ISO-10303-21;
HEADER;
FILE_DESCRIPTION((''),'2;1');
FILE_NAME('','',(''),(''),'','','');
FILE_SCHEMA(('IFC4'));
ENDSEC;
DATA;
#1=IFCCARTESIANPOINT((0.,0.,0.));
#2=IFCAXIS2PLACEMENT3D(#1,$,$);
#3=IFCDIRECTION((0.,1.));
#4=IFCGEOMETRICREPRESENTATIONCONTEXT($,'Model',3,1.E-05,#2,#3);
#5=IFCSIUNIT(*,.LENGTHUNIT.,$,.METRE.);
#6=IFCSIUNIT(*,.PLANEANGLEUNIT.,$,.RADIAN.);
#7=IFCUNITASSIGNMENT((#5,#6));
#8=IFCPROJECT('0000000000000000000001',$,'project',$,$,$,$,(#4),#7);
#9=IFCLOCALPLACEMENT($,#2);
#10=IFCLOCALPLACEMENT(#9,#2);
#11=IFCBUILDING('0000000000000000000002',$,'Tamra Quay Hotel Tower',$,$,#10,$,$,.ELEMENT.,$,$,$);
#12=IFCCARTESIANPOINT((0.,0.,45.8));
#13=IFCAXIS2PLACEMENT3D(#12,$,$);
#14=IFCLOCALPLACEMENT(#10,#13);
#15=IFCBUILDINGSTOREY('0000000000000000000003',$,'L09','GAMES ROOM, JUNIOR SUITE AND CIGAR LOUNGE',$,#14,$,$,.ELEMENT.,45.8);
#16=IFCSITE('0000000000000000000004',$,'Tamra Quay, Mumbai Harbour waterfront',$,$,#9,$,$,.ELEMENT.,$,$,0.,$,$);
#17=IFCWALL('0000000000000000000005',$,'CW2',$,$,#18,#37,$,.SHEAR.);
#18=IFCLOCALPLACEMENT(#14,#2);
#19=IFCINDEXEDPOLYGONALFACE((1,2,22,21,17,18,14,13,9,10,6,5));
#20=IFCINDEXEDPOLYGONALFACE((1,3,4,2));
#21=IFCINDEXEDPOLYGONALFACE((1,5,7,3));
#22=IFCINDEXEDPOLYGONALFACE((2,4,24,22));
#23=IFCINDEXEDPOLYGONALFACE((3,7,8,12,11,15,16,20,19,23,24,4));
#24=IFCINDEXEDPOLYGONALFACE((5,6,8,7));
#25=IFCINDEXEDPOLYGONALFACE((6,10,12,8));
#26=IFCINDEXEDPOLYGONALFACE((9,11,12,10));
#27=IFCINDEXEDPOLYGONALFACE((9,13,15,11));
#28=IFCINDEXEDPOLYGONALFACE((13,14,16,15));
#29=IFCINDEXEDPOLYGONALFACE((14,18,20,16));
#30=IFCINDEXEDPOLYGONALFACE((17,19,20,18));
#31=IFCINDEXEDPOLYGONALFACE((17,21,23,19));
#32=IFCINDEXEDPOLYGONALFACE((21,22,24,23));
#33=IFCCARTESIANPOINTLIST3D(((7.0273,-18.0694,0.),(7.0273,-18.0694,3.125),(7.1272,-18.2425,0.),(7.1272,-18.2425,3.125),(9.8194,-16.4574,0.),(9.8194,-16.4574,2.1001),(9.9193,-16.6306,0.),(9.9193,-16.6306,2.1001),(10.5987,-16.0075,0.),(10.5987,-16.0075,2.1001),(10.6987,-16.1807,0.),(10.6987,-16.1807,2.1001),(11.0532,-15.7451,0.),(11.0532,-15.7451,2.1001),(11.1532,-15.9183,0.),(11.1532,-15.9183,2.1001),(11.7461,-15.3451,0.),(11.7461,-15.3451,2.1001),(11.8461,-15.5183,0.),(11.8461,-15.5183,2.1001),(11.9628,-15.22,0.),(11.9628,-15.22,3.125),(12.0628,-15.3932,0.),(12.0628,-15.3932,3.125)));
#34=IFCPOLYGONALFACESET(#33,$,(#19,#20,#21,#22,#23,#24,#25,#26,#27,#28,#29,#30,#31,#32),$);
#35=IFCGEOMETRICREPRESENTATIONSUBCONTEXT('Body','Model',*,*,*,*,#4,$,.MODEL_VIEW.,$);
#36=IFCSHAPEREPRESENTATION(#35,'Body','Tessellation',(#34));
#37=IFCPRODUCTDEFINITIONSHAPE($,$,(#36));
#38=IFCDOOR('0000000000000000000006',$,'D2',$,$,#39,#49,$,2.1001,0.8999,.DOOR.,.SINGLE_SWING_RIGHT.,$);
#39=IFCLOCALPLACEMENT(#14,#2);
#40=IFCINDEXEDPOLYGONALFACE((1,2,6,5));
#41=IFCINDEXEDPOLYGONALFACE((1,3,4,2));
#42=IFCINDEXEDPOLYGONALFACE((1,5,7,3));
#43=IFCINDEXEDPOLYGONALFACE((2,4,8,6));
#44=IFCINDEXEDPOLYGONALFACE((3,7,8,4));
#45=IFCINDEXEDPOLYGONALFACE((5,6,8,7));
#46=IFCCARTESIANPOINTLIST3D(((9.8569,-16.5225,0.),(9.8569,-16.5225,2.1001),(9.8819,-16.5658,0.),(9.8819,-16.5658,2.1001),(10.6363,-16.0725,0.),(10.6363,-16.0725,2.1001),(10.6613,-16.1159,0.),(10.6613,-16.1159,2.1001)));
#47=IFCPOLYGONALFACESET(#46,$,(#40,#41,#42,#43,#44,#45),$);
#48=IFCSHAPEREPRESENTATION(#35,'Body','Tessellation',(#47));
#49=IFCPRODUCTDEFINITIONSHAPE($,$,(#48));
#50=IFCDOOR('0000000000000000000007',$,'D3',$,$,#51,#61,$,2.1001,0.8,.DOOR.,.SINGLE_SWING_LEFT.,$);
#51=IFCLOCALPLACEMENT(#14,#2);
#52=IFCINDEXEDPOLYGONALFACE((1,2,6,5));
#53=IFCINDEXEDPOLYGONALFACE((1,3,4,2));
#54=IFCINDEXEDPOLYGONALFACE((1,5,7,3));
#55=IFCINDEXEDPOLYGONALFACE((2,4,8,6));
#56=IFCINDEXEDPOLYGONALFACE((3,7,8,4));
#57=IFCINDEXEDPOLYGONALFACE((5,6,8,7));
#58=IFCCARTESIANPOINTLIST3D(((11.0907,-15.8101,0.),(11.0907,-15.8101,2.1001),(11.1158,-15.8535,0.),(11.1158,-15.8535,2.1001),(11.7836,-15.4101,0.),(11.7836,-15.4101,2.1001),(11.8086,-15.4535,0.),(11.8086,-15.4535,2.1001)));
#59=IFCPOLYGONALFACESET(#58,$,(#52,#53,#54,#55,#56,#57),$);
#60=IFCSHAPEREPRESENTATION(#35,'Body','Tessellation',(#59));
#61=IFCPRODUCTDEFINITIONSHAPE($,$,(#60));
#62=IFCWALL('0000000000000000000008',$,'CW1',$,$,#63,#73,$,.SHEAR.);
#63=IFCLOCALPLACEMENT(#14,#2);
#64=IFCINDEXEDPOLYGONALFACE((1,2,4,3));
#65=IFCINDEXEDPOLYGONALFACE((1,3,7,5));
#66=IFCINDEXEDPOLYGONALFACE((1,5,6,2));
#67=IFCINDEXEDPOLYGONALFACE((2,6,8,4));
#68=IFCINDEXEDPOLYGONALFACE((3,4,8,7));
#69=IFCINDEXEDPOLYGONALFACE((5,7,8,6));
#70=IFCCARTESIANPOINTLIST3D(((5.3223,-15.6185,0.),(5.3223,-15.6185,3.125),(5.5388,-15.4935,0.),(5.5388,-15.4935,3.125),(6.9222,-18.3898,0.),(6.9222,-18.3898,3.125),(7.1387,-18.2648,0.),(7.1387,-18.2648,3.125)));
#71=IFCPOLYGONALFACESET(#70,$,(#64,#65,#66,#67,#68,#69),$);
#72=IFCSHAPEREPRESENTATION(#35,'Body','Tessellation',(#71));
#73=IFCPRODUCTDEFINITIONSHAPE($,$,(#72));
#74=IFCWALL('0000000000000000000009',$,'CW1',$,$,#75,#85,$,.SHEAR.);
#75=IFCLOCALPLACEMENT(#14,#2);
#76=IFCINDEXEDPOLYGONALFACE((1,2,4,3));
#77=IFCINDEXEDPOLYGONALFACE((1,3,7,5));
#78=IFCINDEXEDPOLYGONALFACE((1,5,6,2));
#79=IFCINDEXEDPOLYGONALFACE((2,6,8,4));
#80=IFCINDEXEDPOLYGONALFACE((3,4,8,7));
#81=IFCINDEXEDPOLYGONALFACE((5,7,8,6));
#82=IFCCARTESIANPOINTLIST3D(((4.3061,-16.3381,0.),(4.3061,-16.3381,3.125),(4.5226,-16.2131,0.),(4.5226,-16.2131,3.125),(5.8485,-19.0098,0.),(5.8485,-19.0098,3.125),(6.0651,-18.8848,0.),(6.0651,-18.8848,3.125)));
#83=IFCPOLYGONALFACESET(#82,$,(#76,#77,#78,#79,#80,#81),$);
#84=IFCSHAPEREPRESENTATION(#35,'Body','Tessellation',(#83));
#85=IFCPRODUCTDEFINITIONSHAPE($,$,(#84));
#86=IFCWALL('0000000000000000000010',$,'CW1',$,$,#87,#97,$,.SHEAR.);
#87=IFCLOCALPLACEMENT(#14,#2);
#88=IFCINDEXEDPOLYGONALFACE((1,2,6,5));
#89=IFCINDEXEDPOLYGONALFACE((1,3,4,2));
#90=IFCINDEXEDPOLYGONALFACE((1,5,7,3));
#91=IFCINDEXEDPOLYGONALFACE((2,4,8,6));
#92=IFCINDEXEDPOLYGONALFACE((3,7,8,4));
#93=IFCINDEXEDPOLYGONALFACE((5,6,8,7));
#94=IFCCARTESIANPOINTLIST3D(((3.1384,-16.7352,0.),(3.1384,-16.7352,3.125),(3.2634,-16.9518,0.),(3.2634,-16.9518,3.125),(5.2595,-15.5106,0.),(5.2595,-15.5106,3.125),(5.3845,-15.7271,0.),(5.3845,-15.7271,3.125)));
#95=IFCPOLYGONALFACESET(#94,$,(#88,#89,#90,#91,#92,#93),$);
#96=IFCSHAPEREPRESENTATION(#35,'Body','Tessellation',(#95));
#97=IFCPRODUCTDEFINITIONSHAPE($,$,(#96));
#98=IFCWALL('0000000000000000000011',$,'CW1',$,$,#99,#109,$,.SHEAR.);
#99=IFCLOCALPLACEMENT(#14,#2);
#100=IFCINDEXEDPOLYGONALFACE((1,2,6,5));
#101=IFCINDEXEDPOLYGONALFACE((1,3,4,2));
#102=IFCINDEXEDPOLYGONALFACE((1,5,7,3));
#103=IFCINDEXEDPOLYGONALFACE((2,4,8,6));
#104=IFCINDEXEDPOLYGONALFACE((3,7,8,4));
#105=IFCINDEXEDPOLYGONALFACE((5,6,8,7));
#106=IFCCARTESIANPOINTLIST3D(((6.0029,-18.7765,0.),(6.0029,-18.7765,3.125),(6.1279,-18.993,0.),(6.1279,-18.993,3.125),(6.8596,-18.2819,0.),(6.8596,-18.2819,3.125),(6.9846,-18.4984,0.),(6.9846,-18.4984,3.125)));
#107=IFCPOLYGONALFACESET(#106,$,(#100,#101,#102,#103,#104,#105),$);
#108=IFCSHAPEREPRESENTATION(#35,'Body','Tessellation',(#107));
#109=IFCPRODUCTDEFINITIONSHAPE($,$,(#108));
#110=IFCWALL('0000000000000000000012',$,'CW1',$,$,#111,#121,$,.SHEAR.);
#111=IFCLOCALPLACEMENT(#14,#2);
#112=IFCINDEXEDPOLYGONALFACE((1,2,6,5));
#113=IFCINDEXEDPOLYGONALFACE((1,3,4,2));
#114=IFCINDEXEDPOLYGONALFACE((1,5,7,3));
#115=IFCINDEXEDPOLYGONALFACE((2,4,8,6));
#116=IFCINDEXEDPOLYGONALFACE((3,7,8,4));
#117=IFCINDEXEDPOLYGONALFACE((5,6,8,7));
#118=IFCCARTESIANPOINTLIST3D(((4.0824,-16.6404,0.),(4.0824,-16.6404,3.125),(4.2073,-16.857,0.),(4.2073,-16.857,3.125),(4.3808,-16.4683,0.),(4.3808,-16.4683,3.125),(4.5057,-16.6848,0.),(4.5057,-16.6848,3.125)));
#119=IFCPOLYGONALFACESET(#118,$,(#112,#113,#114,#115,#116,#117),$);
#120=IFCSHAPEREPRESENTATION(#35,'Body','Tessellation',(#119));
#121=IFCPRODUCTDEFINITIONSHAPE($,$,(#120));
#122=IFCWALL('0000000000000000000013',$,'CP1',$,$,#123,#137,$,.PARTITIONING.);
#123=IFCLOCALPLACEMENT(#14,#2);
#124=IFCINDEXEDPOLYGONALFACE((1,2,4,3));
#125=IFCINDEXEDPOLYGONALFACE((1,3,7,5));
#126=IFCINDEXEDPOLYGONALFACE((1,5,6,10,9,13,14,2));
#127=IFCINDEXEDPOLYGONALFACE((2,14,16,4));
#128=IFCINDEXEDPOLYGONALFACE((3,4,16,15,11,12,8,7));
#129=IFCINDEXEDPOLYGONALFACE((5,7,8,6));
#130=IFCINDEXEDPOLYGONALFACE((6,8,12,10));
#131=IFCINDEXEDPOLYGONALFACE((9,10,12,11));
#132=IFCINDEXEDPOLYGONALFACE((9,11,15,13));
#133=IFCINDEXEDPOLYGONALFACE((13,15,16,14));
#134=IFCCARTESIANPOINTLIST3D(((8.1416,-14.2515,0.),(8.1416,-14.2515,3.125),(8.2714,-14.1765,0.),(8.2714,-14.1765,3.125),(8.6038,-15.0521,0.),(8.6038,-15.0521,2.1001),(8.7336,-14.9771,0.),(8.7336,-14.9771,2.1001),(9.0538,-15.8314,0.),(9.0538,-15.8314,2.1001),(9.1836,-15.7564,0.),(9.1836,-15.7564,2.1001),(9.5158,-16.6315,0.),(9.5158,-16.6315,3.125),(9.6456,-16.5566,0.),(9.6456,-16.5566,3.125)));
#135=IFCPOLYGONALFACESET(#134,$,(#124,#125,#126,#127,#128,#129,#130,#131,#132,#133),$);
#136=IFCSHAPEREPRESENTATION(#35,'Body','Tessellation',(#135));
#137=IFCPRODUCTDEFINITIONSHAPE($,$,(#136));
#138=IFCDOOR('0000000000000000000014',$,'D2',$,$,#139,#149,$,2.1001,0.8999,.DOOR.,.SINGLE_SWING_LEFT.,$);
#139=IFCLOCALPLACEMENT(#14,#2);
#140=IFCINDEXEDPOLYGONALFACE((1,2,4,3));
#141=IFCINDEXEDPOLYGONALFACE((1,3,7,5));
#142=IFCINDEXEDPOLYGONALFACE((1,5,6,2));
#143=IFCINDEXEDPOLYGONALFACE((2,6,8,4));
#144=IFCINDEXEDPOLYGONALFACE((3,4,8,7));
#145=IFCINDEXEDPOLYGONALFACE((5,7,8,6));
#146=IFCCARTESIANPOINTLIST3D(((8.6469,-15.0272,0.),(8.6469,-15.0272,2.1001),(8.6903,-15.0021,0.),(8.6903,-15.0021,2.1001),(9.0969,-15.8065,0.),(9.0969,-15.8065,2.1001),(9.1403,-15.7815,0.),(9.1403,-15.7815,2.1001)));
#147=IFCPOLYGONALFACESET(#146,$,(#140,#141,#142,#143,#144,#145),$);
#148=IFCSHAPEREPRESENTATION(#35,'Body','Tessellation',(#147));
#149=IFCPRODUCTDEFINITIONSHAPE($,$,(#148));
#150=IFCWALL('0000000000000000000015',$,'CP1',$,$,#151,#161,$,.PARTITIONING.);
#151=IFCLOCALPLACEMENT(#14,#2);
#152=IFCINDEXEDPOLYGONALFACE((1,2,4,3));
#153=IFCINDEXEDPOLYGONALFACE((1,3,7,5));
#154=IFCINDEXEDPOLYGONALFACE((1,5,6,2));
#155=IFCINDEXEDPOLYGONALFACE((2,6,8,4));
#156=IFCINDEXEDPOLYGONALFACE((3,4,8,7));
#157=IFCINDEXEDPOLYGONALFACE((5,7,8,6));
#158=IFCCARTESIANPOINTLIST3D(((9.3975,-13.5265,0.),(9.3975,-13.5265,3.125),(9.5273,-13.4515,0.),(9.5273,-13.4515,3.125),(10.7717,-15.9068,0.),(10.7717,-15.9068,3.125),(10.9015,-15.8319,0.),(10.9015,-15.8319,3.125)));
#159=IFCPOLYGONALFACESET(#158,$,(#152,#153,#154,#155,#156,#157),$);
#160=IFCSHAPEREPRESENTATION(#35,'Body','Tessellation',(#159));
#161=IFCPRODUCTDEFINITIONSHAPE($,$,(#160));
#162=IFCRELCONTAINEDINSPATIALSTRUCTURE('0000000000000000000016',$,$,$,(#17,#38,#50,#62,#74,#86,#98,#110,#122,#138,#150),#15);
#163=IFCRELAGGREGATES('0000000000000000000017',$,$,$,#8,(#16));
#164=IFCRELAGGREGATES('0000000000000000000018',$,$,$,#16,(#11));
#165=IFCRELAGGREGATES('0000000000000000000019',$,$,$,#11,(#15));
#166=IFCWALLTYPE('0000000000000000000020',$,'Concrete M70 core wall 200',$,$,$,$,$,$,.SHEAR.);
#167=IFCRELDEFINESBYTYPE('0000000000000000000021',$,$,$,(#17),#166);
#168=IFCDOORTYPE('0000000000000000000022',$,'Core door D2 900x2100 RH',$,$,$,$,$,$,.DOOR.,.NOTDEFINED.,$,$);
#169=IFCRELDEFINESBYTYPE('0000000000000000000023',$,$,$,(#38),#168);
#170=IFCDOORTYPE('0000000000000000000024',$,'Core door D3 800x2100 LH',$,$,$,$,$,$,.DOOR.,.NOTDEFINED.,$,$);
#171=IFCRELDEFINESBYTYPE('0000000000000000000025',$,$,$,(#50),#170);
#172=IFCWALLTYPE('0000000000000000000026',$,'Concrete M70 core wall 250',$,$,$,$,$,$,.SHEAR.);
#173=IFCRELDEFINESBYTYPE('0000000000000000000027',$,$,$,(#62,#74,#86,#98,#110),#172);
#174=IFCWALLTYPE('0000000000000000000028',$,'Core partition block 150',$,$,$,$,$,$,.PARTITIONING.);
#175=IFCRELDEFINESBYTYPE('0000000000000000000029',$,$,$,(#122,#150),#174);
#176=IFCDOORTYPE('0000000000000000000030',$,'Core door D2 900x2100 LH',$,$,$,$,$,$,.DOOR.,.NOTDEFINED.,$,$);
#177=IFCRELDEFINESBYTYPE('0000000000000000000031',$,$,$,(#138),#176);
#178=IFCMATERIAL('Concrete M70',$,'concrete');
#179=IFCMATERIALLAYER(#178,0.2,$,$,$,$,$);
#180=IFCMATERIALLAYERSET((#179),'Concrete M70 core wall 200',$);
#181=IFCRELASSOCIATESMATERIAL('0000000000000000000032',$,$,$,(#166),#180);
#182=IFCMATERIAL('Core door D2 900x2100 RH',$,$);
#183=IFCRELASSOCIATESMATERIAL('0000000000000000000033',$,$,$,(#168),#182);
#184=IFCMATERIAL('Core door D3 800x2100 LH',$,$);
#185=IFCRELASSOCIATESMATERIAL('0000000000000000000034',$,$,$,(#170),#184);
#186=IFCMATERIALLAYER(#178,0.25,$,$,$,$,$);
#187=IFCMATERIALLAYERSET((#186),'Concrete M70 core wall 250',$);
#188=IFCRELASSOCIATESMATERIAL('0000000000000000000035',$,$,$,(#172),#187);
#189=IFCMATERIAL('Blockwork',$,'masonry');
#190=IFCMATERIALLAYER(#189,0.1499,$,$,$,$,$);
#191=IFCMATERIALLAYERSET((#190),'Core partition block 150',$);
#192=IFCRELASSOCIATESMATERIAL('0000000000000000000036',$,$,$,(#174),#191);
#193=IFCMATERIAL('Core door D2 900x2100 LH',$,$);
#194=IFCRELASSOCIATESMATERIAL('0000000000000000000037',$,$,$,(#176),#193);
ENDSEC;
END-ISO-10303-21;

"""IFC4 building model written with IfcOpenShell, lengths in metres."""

from ifc_helpers import new_model, si_unit, direction, frame, frame_2d, origin, place, context, subcontext, project, spatial, rectangle, extrude, material, layer, layer_set, type_object, element, fill, save


model = new_model("IFC4")

# Units and contexts
model_context = context("Model", 3, precision=1e-05, world=origin(), true_north=direction((0.0, 1.0)))
body_context = subcontext(model_context, "Body", "Model", "MODEL_VIEW")
ifc_project = project(units=[si_unit("LENGTHUNIT", "METRE"), si_unit("PLANEANGLEUNIT", "RADIAN")], contexts=[model_context])

# Site, building, storey
site_placement = place(None, origin())
site = spatial("IfcSite", under=ifc_project, at=site_placement, Name="Tamra Quay, Mumbai Harbour waterfront", CompositionType="ELEMENT", RefElevation=0.0)
building_placement = place(site_placement, origin())
building = spatial("IfcBuilding", under=site, at=building_placement, Name="Tamra Quay Hotel Tower", CompositionType="ELEMENT")
storey_placement = place(building_placement, frame((0.0, 0.0, 45.8)))
storey = spatial("IfcBuildingStorey", under=building, at=storey_placement, Name="L09", Description="GAMES ROOM, JUNIOR SUITE AND CIGAR LOUNGE", CompositionType="ELEMENT", Elevation=45.8)

# Wall, openings, doors
ifc_material_1 = material(Name="Concrete M70", Category="concrete")
ifc_layer_1 = layer(ifc_material_1, 0.2)
ifc_layer_set_1 = layer_set([ifc_layer_1], Name="Concrete M70 core wall 200")
wall_type_1 = type_object("IfcWallType", Name="Concrete M70 core wall 200", PredefinedType="SHEAR", material=ifc_layer_set_1)
wall_1_placement = place(storey_placement, frame((7.0771, -18.156, 0.0), z_axis=(0.0, 0.0, 1.0), x_axis=(0.866039, 0.499977, 0.0)))
wall_1 = element("IfcWall", 1, at=wall_1_placement, inside=storey, type_object=wall_type_1, Name="CW2", PredefinedType="SHEAR", context=body_context, shape_type="SweptSolid", body=[
    extrude(rectangle(XDim=5.699, YDim=0.2, at=frame_2d((2.8496, 0.0))), origin(), (0.0, 0.0, 1.0), 3.125),
])
opening_1_placement = place(wall_1_placement, frame((3.2241, 0.0, 0.0)))
opening_1 = element("IfcOpeningElement", 2, at=opening_1_placement, cuts=wall_1, PredefinedType="OPENING", context=body_context, shape_type="SweptSolid", body=[
    extrude(rectangle(XDim=0.8999, YDim=2.1001, at=frame_2d((0.45, 1.05))), frame((0.0, 0.1099, 0.0), z_axis=(0.0, -1.0, 0.0), x_axis=(1.0, 0.0, 0.0)), (0.0, 0.0, 1.0), 0.22),
])
opening_2_placement = place(wall_1_placement, frame((4.6489, 0.0, 0.0)))
opening_2 = element("IfcOpeningElement", 3, at=opening_2_placement, cuts=wall_1, PredefinedType="OPENING", context=body_context, shape_type="SweptSolid", body=[
    extrude(rectangle(XDim=0.8, YDim=2.1001, at=frame_2d((0.3999, 1.05))), frame((0.0, 0.1099, 0.0), z_axis=(0.0, -1.0, 0.0), x_axis=(1.0, 0.0, 0.0)), (0.0, 0.0, 1.0), 0.22),
])
ifc_material_2 = material(Name="Core door D2 900x2100 RH")
door_type_1 = type_object("IfcDoorType", Name="Core door D2 900x2100 RH", OperationType="NOTDEFINED", PredefinedType="DOOR", material=ifc_material_2)
door_1_placement = place(opening_1_placement, origin())
door_1 = element("IfcDoor", 4, at=door_1_placement, inside=storey, type_object=door_type_1, Name="D2", OperationType="SINGLE_SWING_RIGHT", OverallHeight=2.1001, OverallWidth=0.8999, PredefinedType="DOOR", context=body_context, shape_type="SweptSolid", body=[
    extrude(rectangle(XDim=0.8999, YDim=2.1001, at=frame_2d((0.45, 1.05))), frame((0.0, 0.0249, 0.0), z_axis=(0.0, -1.0, 0.0), x_axis=(1.0, 0.0, 0.0)), (0.0, 0.0, 1.0), 0.05),
])
fill(opening_1, door_1)
ifc_material_3 = material(Name="Core door D3 800x2100 LH")
door_type_2 = type_object("IfcDoorType", Name="Core door D3 800x2100 LH", OperationType="NOTDEFINED", PredefinedType="DOOR", material=ifc_material_3)
door_2_placement = place(opening_2_placement, origin())
door_2 = element("IfcDoor", 5, at=door_2_placement, inside=storey, type_object=door_type_2, Name="D3", OperationType="SINGLE_SWING_LEFT", OverallHeight=2.1001, OverallWidth=0.8, PredefinedType="DOOR", context=body_context, shape_type="SweptSolid", body=[
    extrude(rectangle(XDim=0.8, YDim=2.1001, at=frame_2d((0.3999, 1.05))), frame((0.0, 0.0249, 0.0), z_axis=(0.0, -1.0, 0.0), x_axis=(1.0, 0.0, 0.0)), (0.0, 0.0, 1.0), 0.05),
])
fill(opening_2, door_2)

# Walls
ifc_layer_2 = layer(ifc_material_1, 0.25)
ifc_layer_set_2 = layer_set([ifc_layer_2], Name="Concrete M70 core wall 250")
wall_type_2 = type_object("IfcWallType", Name="Concrete M70 core wall 250", PredefinedType="SHEAR", material=ifc_layer_set_2)
wall_2_placement = place(storey_placement, frame((7.0305, -18.3274, 0.0), z_axis=(0.0, 0.0, 1.0), x_axis=(-0.499971, 0.866042, 0.0)))
element("IfcWall", 6, at=wall_2_placement, inside=storey, type_object=wall_type_2, Name="CW1", PredefinedType="SHEAR", context=body_context, shape_type="SweptSolid", body=[
    extrude(rectangle(XDim=3.2, YDim=0.25, at=frame_2d((1.6001, 0.0))), origin(), (0.0, 0.0, 1.0), 3.125),
])
wall_3_placement = place(storey_placement, frame((4.4143, -16.2756, 0.0), z_axis=(0.0, 0.0, 1.0), x_axis=(0.500003, -0.866023, 0.0)))
element("IfcWall", 7, at=wall_3_placement, inside=storey, type_object=wall_type_2, Name="CW1", PredefinedType="SHEAR", context=body_context, shape_type="SweptSolid", body=[
    extrude(rectangle(XDim=3.085, YDim=0.25, at=frame_2d((1.5425, 0.0))), origin(), (0.0, 0.0, 1.0), 3.125),
])
wall_4_placement = place(storey_placement, frame((5.322, -15.6189, 0.0), z_axis=(0.0, 0.0, 1.0), x_axis=(-0.866026, -0.499999, 0.0)))
element("IfcWall", 8, at=wall_4_placement, inside=storey, type_object=wall_type_2, Name="CW1", PredefinedType="SHEAR", context=body_context, shape_type="SweptSolid", body=[
    extrude(rectangle(XDim=2.4492, YDim=0.25, at=frame_2d((1.2246, 0.0))), origin(), (0.0, 0.0, 1.0), 3.125),
])
wall_5_placement = place(storey_placement, frame((6.0654, -18.8848, 0.0), z_axis=(0.0, 0.0, 1.0), x_axis=(0.866017, 0.500014, 0.0)))
element("IfcWall", 9, at=wall_5_placement, inside=storey, type_object=wall_type_2, Name="CW1", PredefinedType="SHEAR", context=body_context, shape_type="SweptSolid", body=[
    extrude(rectangle(XDim=0.9893, YDim=0.25, at=frame_2d((0.4946, 0.0))), origin(), (0.0, 0.0, 1.0), 3.125),
])
wall_6_placement = place(storey_placement, frame((4.1448, -16.7488, 0.0), z_axis=(0.0, 0.0, 1.0), x_axis=(0.866186, 0.499722, 0.0)))
element("IfcWall", 10, at=wall_6_placement, inside=storey, type_object=wall_type_2, Name="CW1", PredefinedType="SHEAR", context=body_context, shape_type="SweptSolid", body=[
    extrude(rectangle(XDim=0.3445, YDim=0.25, at=frame_2d((0.1724, 0.0))), origin(), (0.0, 0.0, 1.0), 3.125),
])

# Wall, opening, door
ifc_material_4 = material(Name="Blockwork", Category="masonry")
ifc_layer_3 = layer(ifc_material_4, 0.1499)
ifc_layer_set_3 = layer_set([ifc_layer_3], Name="Core partition block 150")
wall_type_3 = type_object("IfcWallType", Name="Core partition block 150", PredefinedType="PARTITIONING", material=ifc_layer_set_3)
wall_7_placement = place(storey_placement, frame((8.2065, -14.2141, 0.0), z_axis=(0.0, 0.0, 1.0), x_axis=(0.500027, -0.86601, 0.0)))
wall_7 = element("IfcWall", 11, at=wall_7_placement, inside=storey, type_object=wall_type_3, Name="CP1", PredefinedType="PARTITIONING", context=body_context, shape_type="SweptSolid", body=[
    extrude(rectangle(XDim=2.7483, YDim=0.1499, at=frame_2d((1.374, 0.0))), origin(), (0.0, 0.0, 1.0), 3.125),
])
opening_3_placement = place(wall_7_placement, frame((0.9243, 0.0, 0.0)))
opening_3 = element("IfcOpeningElement", 12, at=opening_3_placement, cuts=wall_7, PredefinedType="OPENING", context=body_context, shape_type="SweptSolid", body=[
    extrude(rectangle(XDim=0.8999, YDim=2.1001, at=frame_2d((0.45, 1.05))), frame((0.0, 0.085, 0.0), z_axis=(0.0, -1.0, 0.0), x_axis=(1.0, 0.0, 0.0)), (0.0, 0.0, 1.0), 0.1699),
])
ifc_material_5 = material(Name="Core door D2 900x2100 LH")
door_type_3 = type_object("IfcDoorType", Name="Core door D2 900x2100 LH", OperationType="NOTDEFINED", PredefinedType="DOOR", material=ifc_material_5)
door_3_placement = place(opening_3_placement, origin())
door_3 = element("IfcDoor", 13, at=door_3_placement, inside=storey, type_object=door_type_3, Name="D2", OperationType="SINGLE_SWING_LEFT", OverallHeight=2.1001, OverallWidth=0.8999, PredefinedType="DOOR", context=body_context, shape_type="SweptSolid", body=[
    extrude(rectangle(XDim=0.8999, YDim=2.1001, at=frame_2d((0.45, 1.05))), frame((0.0, 0.0249, 0.0), z_axis=(0.0, -1.0, 0.0), x_axis=(1.0, 0.0, 0.0)), (0.0, 0.0, 1.0), 0.05),
])
fill(opening_3, door_3)

# Wall
wall_8_placement = place(storey_placement, frame((9.4624, -13.489, 0.0), z_axis=(0.0, 0.0, 1.0), x_axis=(0.499989, -0.866032, 0.0)))
element("IfcWall", 14, at=wall_8_placement, inside=storey, type_object=wall_type_3, Name="CP1", PredefinedType="PARTITIONING", context=body_context, shape_type="SweptSolid", body=[
    extrude(rectangle(XDim=2.7485, YDim=0.1499, at=frame_2d((1.3743, 0.0))), origin(), (0.0, 0.0, 1.0), 3.125),
])

save(model, "model.ifc")
